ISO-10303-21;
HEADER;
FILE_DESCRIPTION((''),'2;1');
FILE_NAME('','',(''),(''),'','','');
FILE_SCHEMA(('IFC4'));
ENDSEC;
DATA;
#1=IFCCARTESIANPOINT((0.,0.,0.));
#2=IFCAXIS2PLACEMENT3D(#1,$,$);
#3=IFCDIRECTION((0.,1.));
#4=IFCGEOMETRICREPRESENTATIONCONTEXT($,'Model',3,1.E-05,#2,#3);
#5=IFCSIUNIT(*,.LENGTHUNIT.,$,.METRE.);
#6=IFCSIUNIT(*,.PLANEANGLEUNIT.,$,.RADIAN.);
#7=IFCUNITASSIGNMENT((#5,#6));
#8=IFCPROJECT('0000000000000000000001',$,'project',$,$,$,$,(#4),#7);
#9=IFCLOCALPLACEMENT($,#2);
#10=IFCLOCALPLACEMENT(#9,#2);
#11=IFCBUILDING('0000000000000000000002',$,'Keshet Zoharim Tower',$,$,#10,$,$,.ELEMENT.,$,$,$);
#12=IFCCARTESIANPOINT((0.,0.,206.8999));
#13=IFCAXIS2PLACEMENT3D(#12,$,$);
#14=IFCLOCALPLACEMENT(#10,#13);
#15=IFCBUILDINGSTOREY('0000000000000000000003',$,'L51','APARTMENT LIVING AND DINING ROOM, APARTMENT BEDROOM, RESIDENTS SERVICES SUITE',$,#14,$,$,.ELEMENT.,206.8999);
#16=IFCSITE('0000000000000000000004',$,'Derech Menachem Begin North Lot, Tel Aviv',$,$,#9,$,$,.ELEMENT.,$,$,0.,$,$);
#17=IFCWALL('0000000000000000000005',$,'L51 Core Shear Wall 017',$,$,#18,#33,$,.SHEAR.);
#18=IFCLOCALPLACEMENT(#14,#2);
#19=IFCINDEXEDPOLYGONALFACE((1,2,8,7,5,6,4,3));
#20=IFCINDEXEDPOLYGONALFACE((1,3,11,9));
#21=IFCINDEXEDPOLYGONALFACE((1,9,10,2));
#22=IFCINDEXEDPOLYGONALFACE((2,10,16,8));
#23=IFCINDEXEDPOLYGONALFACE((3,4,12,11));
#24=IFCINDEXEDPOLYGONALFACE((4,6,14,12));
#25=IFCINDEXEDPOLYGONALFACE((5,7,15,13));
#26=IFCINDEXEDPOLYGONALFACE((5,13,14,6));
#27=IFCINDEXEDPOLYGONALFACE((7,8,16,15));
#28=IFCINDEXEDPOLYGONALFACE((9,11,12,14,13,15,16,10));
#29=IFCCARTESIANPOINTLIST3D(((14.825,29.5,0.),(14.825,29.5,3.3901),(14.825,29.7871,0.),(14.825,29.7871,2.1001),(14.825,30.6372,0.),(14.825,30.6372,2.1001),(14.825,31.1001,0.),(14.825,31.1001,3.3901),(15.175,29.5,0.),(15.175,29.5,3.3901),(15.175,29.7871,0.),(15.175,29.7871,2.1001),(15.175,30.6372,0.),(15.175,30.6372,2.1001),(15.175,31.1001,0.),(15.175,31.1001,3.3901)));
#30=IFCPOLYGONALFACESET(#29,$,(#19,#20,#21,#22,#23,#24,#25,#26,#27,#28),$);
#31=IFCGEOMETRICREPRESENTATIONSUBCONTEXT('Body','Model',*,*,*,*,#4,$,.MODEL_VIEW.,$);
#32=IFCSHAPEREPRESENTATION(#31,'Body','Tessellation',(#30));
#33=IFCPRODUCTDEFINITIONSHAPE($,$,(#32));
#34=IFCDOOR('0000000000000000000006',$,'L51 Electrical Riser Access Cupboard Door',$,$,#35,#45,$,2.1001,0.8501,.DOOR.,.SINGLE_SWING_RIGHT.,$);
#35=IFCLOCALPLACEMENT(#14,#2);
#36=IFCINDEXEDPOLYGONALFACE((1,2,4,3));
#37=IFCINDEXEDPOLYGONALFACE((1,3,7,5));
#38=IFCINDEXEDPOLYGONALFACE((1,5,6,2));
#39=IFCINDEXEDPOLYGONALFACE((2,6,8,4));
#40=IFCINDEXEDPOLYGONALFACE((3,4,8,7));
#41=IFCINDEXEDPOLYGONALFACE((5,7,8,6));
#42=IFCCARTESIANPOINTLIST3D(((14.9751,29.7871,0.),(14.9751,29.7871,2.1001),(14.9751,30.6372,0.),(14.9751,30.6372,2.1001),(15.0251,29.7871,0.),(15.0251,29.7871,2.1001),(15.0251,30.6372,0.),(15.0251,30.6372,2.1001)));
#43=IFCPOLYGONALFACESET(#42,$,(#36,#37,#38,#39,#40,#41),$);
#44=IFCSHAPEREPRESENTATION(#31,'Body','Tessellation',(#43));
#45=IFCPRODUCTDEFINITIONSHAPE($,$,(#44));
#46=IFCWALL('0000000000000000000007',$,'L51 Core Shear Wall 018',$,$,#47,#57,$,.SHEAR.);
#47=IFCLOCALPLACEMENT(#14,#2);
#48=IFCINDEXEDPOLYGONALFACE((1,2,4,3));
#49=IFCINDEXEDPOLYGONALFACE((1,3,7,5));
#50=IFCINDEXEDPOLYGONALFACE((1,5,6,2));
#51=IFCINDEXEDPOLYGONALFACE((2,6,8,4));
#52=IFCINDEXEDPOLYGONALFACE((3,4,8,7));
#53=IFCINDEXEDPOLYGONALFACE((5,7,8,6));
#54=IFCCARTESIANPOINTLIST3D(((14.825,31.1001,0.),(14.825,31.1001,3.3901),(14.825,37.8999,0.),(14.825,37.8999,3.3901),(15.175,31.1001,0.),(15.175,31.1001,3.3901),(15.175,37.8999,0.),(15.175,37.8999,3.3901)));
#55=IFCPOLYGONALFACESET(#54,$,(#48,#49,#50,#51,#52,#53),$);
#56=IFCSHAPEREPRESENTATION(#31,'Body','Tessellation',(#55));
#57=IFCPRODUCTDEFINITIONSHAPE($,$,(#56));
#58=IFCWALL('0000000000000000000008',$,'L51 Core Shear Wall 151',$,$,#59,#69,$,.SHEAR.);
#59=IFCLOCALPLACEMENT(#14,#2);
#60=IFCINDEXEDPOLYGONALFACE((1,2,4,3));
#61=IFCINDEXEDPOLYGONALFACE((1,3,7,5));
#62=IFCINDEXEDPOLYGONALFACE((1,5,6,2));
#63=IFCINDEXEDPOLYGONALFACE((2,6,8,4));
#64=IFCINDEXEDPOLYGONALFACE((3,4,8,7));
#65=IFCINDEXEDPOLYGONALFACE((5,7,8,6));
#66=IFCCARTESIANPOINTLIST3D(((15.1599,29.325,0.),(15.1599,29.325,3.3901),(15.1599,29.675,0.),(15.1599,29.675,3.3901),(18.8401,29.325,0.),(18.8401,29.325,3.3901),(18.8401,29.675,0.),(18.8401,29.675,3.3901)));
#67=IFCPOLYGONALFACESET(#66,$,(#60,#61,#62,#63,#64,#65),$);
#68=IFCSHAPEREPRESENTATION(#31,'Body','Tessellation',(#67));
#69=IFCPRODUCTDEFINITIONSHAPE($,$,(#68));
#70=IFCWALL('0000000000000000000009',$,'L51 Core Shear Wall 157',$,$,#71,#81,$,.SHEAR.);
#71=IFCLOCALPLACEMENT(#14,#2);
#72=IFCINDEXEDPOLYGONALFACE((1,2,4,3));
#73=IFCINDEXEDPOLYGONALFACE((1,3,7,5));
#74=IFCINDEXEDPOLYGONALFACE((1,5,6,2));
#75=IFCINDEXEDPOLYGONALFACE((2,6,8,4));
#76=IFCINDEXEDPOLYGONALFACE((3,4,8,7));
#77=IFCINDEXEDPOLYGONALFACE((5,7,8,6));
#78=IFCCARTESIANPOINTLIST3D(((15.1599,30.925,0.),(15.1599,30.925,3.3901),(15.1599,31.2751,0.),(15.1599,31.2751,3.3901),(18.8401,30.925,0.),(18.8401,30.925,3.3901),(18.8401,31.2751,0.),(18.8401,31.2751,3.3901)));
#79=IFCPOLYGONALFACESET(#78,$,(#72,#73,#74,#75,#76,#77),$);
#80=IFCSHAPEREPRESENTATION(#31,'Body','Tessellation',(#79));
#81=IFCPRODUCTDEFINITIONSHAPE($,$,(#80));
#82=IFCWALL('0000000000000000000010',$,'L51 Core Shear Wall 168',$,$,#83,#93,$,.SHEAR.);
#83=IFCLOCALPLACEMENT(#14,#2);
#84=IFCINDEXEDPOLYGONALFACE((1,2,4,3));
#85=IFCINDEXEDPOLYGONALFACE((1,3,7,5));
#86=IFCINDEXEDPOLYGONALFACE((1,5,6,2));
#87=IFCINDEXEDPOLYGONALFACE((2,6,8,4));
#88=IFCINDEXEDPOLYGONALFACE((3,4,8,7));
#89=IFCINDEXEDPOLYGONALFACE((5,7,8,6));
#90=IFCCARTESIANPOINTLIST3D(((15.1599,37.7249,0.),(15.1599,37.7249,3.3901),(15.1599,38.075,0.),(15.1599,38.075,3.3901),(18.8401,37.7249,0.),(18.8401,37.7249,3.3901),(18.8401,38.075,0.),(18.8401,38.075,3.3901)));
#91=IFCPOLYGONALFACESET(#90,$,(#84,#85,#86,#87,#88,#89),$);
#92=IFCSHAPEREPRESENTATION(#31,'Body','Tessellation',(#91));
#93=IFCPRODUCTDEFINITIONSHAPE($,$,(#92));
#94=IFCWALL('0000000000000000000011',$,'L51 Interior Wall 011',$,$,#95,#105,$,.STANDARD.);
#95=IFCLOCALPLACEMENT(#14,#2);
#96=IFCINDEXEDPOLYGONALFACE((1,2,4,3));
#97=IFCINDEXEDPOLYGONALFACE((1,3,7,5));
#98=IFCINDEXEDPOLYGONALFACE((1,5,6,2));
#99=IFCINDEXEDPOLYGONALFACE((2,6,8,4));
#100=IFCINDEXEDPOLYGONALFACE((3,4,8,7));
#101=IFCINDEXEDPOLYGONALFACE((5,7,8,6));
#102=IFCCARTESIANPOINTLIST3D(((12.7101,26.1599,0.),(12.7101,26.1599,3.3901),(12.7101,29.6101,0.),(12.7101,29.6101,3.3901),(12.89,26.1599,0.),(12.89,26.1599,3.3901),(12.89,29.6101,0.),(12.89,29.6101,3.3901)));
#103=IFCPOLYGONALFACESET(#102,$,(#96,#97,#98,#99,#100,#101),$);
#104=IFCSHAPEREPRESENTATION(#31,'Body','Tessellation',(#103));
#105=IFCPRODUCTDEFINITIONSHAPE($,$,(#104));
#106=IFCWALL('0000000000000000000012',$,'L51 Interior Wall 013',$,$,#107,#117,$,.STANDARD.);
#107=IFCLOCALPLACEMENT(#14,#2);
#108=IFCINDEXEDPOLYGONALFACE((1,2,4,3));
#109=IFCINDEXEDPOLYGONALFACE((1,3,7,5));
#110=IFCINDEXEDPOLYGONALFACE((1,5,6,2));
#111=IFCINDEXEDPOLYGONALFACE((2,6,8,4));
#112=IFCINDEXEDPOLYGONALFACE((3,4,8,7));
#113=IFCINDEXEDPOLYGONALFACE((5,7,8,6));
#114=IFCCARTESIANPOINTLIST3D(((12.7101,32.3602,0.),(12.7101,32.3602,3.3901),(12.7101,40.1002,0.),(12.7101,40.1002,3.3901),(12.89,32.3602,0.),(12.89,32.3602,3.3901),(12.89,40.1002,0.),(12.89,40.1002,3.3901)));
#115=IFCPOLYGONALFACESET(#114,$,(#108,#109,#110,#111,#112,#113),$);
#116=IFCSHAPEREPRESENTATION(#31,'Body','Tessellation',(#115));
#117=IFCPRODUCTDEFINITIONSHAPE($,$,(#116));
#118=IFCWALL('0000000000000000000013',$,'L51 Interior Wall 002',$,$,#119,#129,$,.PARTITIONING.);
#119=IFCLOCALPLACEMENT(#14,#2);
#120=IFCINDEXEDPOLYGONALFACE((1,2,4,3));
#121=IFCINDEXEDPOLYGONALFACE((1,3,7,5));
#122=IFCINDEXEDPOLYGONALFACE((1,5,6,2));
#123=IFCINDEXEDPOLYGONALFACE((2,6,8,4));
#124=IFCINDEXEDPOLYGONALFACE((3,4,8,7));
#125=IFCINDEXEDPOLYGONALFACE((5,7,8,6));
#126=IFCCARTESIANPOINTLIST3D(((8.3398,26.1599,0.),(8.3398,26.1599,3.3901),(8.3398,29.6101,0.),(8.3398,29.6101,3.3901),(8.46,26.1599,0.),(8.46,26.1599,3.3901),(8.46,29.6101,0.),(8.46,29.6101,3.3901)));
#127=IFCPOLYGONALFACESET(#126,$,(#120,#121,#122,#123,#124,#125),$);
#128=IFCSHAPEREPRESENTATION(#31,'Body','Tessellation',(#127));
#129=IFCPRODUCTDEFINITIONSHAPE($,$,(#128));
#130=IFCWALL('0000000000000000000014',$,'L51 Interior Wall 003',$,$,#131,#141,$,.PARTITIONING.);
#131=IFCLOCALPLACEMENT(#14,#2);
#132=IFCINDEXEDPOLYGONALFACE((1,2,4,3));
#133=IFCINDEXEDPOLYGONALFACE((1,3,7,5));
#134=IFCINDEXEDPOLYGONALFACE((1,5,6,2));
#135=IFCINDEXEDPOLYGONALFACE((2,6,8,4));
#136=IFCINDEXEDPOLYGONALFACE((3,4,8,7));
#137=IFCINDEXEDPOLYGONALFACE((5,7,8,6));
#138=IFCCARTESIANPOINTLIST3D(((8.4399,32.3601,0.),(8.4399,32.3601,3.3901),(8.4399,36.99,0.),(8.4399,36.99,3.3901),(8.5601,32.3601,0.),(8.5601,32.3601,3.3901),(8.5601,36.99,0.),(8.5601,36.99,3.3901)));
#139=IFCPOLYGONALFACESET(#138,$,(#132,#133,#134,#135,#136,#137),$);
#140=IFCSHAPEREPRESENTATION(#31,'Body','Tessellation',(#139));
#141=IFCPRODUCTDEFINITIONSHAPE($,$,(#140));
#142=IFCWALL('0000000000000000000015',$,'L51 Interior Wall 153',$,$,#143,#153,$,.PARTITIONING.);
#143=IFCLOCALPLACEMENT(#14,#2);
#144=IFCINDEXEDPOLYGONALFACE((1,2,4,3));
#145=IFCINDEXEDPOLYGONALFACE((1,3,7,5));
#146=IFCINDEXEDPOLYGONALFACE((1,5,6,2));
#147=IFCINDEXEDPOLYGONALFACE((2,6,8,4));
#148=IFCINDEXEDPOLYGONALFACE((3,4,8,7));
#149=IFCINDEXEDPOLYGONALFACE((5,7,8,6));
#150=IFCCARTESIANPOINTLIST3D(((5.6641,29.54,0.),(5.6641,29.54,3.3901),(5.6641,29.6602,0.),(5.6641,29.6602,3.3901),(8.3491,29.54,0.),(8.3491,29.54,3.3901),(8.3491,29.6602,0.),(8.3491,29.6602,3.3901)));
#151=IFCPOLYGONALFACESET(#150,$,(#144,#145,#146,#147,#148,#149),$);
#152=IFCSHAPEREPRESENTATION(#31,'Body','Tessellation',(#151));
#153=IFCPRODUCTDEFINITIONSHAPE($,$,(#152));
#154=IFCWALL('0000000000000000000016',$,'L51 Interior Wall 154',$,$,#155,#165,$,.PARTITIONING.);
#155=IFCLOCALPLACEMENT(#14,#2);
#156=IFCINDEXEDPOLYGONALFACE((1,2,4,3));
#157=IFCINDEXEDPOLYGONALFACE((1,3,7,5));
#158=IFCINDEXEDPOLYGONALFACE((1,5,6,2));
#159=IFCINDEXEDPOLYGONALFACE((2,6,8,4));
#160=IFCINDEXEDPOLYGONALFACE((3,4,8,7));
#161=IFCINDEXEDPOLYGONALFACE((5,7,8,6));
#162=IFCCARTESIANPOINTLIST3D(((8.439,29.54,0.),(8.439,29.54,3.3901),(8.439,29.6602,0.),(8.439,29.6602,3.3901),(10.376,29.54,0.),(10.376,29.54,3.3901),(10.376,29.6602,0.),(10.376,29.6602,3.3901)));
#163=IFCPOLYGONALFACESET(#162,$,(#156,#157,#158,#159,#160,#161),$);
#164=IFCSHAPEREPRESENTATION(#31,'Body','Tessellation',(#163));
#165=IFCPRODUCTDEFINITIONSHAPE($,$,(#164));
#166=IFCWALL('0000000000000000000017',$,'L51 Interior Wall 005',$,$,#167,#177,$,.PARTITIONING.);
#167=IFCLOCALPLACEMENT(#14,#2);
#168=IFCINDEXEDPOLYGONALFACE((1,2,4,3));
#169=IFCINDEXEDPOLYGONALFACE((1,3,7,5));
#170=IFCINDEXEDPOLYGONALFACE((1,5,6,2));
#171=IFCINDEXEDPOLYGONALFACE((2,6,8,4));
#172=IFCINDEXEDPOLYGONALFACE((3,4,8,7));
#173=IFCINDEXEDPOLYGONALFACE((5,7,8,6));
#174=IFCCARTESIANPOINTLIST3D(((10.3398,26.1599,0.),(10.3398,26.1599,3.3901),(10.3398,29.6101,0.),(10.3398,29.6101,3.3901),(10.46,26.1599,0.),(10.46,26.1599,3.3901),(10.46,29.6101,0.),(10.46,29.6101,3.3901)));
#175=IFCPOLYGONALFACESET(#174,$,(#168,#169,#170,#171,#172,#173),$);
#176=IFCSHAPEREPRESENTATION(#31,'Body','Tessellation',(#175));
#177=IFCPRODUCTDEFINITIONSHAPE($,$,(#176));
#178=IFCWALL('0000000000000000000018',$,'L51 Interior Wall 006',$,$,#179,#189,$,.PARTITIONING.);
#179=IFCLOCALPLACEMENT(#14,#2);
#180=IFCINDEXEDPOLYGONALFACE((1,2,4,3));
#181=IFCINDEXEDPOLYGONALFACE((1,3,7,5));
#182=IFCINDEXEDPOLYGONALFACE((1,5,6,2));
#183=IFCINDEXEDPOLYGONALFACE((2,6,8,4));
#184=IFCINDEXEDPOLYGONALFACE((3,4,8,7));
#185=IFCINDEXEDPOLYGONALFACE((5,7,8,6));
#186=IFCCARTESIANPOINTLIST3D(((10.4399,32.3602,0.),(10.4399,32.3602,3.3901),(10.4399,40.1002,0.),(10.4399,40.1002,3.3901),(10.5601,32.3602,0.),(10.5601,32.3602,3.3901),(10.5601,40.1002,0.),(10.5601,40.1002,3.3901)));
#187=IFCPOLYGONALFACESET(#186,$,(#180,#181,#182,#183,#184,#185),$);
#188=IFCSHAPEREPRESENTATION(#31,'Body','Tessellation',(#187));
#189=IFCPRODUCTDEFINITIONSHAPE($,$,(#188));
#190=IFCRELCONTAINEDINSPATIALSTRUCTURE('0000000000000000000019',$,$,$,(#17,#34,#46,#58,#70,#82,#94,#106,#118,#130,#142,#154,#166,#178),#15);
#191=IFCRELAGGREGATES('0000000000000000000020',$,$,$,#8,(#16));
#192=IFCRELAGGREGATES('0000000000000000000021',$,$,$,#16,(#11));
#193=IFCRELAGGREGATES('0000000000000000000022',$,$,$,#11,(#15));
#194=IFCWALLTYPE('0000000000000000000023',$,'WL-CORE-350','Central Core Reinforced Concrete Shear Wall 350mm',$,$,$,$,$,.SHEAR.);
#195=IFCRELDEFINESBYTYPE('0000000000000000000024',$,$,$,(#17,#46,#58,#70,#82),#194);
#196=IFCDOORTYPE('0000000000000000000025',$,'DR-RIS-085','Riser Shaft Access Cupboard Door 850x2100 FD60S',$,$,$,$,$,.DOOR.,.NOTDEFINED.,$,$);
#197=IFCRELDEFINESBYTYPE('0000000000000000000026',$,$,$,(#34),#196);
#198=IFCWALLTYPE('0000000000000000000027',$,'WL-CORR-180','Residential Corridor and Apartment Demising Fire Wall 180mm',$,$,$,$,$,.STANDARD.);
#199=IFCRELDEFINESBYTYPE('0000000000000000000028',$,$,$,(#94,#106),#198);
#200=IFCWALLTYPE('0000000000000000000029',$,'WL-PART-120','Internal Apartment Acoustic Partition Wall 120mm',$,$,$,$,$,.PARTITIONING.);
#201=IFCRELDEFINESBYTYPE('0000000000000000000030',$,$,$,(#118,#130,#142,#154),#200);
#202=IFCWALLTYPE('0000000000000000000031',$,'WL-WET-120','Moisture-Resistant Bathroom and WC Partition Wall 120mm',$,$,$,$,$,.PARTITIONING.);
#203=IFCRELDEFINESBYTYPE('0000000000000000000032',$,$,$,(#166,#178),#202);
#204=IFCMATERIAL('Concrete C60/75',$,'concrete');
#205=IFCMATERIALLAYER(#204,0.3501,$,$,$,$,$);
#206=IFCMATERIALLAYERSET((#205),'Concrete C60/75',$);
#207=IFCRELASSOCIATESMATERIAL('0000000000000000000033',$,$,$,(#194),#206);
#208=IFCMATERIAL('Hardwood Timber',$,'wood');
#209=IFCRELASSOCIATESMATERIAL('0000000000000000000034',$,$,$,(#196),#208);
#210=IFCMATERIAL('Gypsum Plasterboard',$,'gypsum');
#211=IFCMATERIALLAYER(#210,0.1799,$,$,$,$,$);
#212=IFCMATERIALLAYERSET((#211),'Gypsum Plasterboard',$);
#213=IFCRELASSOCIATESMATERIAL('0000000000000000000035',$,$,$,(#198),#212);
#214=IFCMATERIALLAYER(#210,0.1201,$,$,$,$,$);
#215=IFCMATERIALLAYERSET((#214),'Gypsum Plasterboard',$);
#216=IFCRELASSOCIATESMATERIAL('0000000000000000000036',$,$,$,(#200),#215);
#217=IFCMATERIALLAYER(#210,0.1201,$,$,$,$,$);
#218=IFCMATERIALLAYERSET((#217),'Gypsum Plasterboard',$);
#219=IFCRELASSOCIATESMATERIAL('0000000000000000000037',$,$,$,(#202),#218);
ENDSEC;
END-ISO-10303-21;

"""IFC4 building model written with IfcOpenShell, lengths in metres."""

from ifc_helpers import new_model, si_unit, direction, frame, frame_2d, origin, place, context, subcontext, project, spatial, rectangle, extrude, material, layer, layer_set, type_object, element, fill, save


model = new_model("IFC4")

# Units and contexts
model_context = context("Model", 3, precision=1e-05, world=origin(), true_north=direction((0.0, 1.0)))
body_context = subcontext(model_context, "Body", "Model", "MODEL_VIEW")
ifc_project = project(units=[si_unit("LENGTHUNIT", "METRE"), si_unit("PLANEANGLEUNIT", "RADIAN")], contexts=[model_context])

# Site, building, storey
site_placement = place(None, origin())
site = spatial("IfcSite", under=ifc_project, at=site_placement, Name="Derech Menachem Begin North Lot, Tel Aviv", CompositionType="ELEMENT", RefElevation=0.0)
building_placement = place(site_placement, origin())
building = spatial("IfcBuilding", under=site, at=building_placement, Name="Keshet Zoharim Tower", CompositionType="ELEMENT")
storey_placement = place(building_placement, frame((0.0, 0.0, 206.8999)))
storey = spatial("IfcBuildingStorey", under=building, at=storey_placement, Name="L51", Description="APARTMENT LIVING AND DINING ROOM, APARTMENT BEDROOM, RESIDENTS SERVICES SUITE", CompositionType="ELEMENT", Elevation=206.8999)

# Wall, opening, door
ifc_material_1 = material(Name="Concrete C60/75", Category="concrete")
ifc_layer_1 = layer(ifc_material_1, 0.3501)
ifc_layer_set_1 = layer_set([ifc_layer_1], Name="Concrete C60/75")
wall_type_1 = type_object("IfcWallType", Name="WL-CORE-350", Description="Central Core Reinforced Concrete Shear Wall 350mm", PredefinedType="SHEAR", material=ifc_layer_set_1)
wall_1_placement = place(storey_placement, frame((15.0, 29.5, 0.0), z_axis=(0.0, 0.0, 1.0), x_axis=(0.0, 1.0, 0.0)))
wall_1 = element("IfcWall", 1, at=wall_1_placement, inside=storey, type_object=wall_type_1, Name="L51 Core Shear Wall 017", PredefinedType="SHEAR", context=body_context, shape_type="SweptSolid", body=[
    extrude(rectangle(XDim=1.6001, YDim=0.3501, at=frame_2d((0.8, 0.0))), origin(), (0.0, 0.0, 1.0), 3.3901),
])
opening_1_placement = place(wall_1_placement, frame((0.2871, 0.0, 0.0)))
opening_1 = element("IfcOpeningElement", 2, at=opening_1_placement, cuts=wall_1, PredefinedType="OPENING", context=body_context, shape_type="SweptSolid", body=[
    extrude(rectangle(XDim=0.8501, YDim=2.1001, at=frame_2d((0.425, 1.05))), frame((0.0, 0.1851, 0.0), z_axis=(0.0, -1.0, 0.0), x_axis=(1.0, 0.0, 0.0)), (0.0, 0.0, 1.0), 0.3701),
])
ifc_material_2 = material(Name="Hardwood Timber", Category="wood")
door_type_1 = type_object("IfcDoorType", Name="DR-RIS-085", Description="Riser Shaft Access Cupboard Door 850x2100 FD60S", OperationType="NOTDEFINED", PredefinedType="DOOR", material=ifc_material_2)
door_1_placement = place(opening_1_placement, origin())
door_1 = element("IfcDoor", 3, at=door_1_placement, inside=storey, type_object=door_type_1, Name="L51 Electrical Riser Access Cupboard Door", OperationType="SINGLE_SWING_RIGHT", OverallHeight=2.1001, OverallWidth=0.8501, PredefinedType="DOOR", context=body_context, shape_type="SweptSolid", body=[
    extrude(rectangle(XDim=0.8501, YDim=2.1001, at=frame_2d((0.425, 1.05))), frame((0.0, 0.0249, 0.0), z_axis=(0.0, -1.0, 0.0), x_axis=(1.0, 0.0, 0.0)), (0.0, 0.0, 1.0), 0.05),
])
fill(opening_1, door_1)

# Walls
wall_2_placement = place(storey_placement, frame((15.0, 31.1001, 0.0), z_axis=(0.0, 0.0, 1.0), x_axis=(0.0, 1.0, 0.0)))
element("IfcWall", 4, at=wall_2_placement, inside=storey, type_object=wall_type_1, Name="L51 Core Shear Wall 018", PredefinedType="SHEAR", context=body_context, shape_type="SweptSolid", body=[
    extrude(rectangle(XDim=6.7998, YDim=0.3501, at=frame_2d((3.3999, 0.0))), origin(), (0.0, 0.0, 1.0), 3.3901),
])
for number, where, z_axis, x_axis, name in (
    (5, (15.1599, 29.5, 0.0), (0.0, 0.0, 1.0), (1.0, 0.0, 0.0), "L51 Core Shear Wall 151"),
    (6, (15.1599, 31.1001, 0.0), (0.0, 0.0, 1.0), (1.0, 0.0, 0.0), "L51 Core Shear Wall 157"),
    (7, (15.1599, 37.8999, 0.0), (0.0, 0.0, 1.0), (1.0, 0.0, 0.0), "L51 Core Shear Wall 168"),
):
    element("IfcWall", number, at=place(storey_placement, frame(where, z_axis=z_axis, x_axis=x_axis)), inside=storey, type_object=wall_type_1, Name=name, PredefinedType="SHEAR", context=body_context, shape_type="SweptSolid", body=[
        extrude(rectangle(XDim=3.6802, YDim=0.3501, at=frame_2d((1.8401, 0.0))), origin(), (0.0, 0.0, 1.0), 3.3901),
    ])
ifc_material_3 = material(Name="Gypsum Plasterboard", Category="gypsum")
ifc_layer_2 = layer(ifc_material_3, 0.1799)
ifc_layer_set_2 = layer_set([ifc_layer_2], Name="Gypsum Plasterboard")
wall_type_2 = type_object("IfcWallType", Name="WL-CORR-180", Description="Residential Corridor and Apartment Demising Fire Wall 180mm", PredefinedType="STANDARD", material=ifc_layer_set_2)
wall_3_placement = place(storey_placement, frame((12.8, 26.1599, 0.0), z_axis=(0.0, 0.0, 1.0), x_axis=(0.0, 1.0, 0.0)))
element("IfcWall", 8, at=wall_3_placement, inside=storey, type_object=wall_type_2, Name="L51 Interior Wall 011", PredefinedType="STANDARD", context=body_context, shape_type="SweptSolid", body=[
    extrude(rectangle(XDim=3.4502, YDim=0.1799, at=frame_2d((1.7251, 0.0))), origin(), (0.0, 0.0, 1.0), 3.3901),
])

# Walls
wall_4_placement = place(storey_placement, frame((12.8, 32.3601, 0.0), z_axis=(0.0, 0.0, 1.0), x_axis=(0.0, 1.0, 0.0)))
element("IfcWall", 9, at=wall_4_placement, inside=storey, type_object=wall_type_2, Name="L51 Interior Wall 013", PredefinedType="STANDARD", context=body_context, shape_type="SweptSolid", body=[
    extrude(rectangle(XDim=7.74, YDim=0.1799, at=frame_2d((3.8701, 0.0))), origin(), (0.0, 0.0, 1.0), 3.3901),
])
ifc_layer_3 = layer(ifc_material_3, 0.1201)
ifc_layer_set_3 = layer_set([ifc_layer_3], Name="Gypsum Plasterboard")
wall_type_3 = type_object("IfcWallType", Name="WL-PART-120", Description="Internal Apartment Acoustic Partition Wall 120mm", PredefinedType="PARTITIONING", material=ifc_layer_set_3)
wall_5_placement = place(storey_placement, frame((8.3999, 26.1599, 0.0), z_axis=(0.0, 0.0, 1.0), x_axis=(0.0, 1.0, 0.0)))
element("IfcWall", 10, at=wall_5_placement, inside=storey, type_object=wall_type_3, Name="L51 Interior Wall 002", PredefinedType="PARTITIONING", context=body_context, shape_type="SweptSolid", body=[
    extrude(rectangle(XDim=3.4502, YDim=0.1201, at=frame_2d((1.7251, 0.0))), origin(), (0.0, 0.0, 1.0), 3.3901),
])
wall_6_placement = place(storey_placement, frame((8.5, 32.3601, 0.0), z_axis=(0.0, 0.0, 1.0), x_axis=(0.0, 1.0, 0.0)))
element("IfcWall", 11, at=wall_6_placement, inside=storey, type_object=wall_type_3, Name="L51 Interior Wall 003", PredefinedType="PARTITIONING", context=body_context, shape_type="SweptSolid", body=[
    extrude(rectangle(XDim=4.6299, YDim=0.1201, at=frame_2d((2.3149, 0.0))), origin(), (0.0, 0.0, 1.0), 3.3901),
])
wall_7_placement = place(storey_placement, frame((5.6641, 29.6001, 0.0), z_axis=(0.0, 0.0, 1.0), x_axis=(1.0, 0.0, 0.0)))
element("IfcWall", 12, at=wall_7_placement, inside=storey, type_object=wall_type_3, Name="L51 Interior Wall 153", PredefinedType="PARTITIONING", context=body_context, shape_type="SweptSolid", body=[
    extrude(rectangle(XDim=2.6851, YDim=0.1201, at=frame_2d((1.3425, 0.0))), origin(), (0.0, 0.0, 1.0), 3.3901),
])
wall_8_placement = place(storey_placement, frame((8.439, 29.6001, 0.0), z_axis=(0.0, 0.0, 1.0), x_axis=(1.0, 0.0, 0.0)))
element("IfcWall", 13, at=wall_8_placement, inside=storey, type_object=wall_type_3, Name="L51 Interior Wall 154", PredefinedType="PARTITIONING", context=body_context, shape_type="SweptSolid", body=[
    extrude(rectangle(XDim=1.937, YDim=0.1201, at=frame_2d((0.9685, 0.0))), origin(), (0.0, 0.0, 1.0), 3.3901),
])

# Walls
ifc_layer_4 = layer(ifc_material_3, 0.1201)
ifc_layer_set_4 = layer_set([ifc_layer_4], Name="Gypsum Plasterboard")
wall_type_4 = type_object("IfcWallType", Name="WL-WET-120", Description="Moisture-Resistant Bathroom and WC Partition Wall 120mm", PredefinedType="PARTITIONING", material=ifc_layer_set_4)
wall_9_placement = place(storey_placement, frame((10.3999, 26.1599, 0.0), z_axis=(0.0, 0.0, 1.0), x_axis=(0.0, 1.0, 0.0)))
element("IfcWall", 14, at=wall_9_placement, inside=storey, type_object=wall_type_4, Name="L51 Interior Wall 005", PredefinedType="PARTITIONING", context=body_context, shape_type="SweptSolid", body=[
    extrude(rectangle(XDim=3.4502, YDim=0.1201, at=frame_2d((1.7251, 0.0))), origin(), (0.0, 0.0, 1.0), 3.3901),
])
wall_10_placement = place(storey_placement, frame((10.5, 32.3601, 0.0), z_axis=(0.0, 0.0, 1.0), x_axis=(0.0, 1.0, 0.0)))
element("IfcWall", 15, at=wall_10_placement, inside=storey, type_object=wall_type_4, Name="L51 Interior Wall 006", PredefinedType="PARTITIONING", context=body_context, shape_type="SweptSolid", body=[
    extrude(rectangle(XDim=7.74, YDim=0.1201, at=frame_2d((3.8701, 0.0))), origin(), (0.0, 0.0, 1.0), 3.3901),
])

save(model, "model.ifc")
